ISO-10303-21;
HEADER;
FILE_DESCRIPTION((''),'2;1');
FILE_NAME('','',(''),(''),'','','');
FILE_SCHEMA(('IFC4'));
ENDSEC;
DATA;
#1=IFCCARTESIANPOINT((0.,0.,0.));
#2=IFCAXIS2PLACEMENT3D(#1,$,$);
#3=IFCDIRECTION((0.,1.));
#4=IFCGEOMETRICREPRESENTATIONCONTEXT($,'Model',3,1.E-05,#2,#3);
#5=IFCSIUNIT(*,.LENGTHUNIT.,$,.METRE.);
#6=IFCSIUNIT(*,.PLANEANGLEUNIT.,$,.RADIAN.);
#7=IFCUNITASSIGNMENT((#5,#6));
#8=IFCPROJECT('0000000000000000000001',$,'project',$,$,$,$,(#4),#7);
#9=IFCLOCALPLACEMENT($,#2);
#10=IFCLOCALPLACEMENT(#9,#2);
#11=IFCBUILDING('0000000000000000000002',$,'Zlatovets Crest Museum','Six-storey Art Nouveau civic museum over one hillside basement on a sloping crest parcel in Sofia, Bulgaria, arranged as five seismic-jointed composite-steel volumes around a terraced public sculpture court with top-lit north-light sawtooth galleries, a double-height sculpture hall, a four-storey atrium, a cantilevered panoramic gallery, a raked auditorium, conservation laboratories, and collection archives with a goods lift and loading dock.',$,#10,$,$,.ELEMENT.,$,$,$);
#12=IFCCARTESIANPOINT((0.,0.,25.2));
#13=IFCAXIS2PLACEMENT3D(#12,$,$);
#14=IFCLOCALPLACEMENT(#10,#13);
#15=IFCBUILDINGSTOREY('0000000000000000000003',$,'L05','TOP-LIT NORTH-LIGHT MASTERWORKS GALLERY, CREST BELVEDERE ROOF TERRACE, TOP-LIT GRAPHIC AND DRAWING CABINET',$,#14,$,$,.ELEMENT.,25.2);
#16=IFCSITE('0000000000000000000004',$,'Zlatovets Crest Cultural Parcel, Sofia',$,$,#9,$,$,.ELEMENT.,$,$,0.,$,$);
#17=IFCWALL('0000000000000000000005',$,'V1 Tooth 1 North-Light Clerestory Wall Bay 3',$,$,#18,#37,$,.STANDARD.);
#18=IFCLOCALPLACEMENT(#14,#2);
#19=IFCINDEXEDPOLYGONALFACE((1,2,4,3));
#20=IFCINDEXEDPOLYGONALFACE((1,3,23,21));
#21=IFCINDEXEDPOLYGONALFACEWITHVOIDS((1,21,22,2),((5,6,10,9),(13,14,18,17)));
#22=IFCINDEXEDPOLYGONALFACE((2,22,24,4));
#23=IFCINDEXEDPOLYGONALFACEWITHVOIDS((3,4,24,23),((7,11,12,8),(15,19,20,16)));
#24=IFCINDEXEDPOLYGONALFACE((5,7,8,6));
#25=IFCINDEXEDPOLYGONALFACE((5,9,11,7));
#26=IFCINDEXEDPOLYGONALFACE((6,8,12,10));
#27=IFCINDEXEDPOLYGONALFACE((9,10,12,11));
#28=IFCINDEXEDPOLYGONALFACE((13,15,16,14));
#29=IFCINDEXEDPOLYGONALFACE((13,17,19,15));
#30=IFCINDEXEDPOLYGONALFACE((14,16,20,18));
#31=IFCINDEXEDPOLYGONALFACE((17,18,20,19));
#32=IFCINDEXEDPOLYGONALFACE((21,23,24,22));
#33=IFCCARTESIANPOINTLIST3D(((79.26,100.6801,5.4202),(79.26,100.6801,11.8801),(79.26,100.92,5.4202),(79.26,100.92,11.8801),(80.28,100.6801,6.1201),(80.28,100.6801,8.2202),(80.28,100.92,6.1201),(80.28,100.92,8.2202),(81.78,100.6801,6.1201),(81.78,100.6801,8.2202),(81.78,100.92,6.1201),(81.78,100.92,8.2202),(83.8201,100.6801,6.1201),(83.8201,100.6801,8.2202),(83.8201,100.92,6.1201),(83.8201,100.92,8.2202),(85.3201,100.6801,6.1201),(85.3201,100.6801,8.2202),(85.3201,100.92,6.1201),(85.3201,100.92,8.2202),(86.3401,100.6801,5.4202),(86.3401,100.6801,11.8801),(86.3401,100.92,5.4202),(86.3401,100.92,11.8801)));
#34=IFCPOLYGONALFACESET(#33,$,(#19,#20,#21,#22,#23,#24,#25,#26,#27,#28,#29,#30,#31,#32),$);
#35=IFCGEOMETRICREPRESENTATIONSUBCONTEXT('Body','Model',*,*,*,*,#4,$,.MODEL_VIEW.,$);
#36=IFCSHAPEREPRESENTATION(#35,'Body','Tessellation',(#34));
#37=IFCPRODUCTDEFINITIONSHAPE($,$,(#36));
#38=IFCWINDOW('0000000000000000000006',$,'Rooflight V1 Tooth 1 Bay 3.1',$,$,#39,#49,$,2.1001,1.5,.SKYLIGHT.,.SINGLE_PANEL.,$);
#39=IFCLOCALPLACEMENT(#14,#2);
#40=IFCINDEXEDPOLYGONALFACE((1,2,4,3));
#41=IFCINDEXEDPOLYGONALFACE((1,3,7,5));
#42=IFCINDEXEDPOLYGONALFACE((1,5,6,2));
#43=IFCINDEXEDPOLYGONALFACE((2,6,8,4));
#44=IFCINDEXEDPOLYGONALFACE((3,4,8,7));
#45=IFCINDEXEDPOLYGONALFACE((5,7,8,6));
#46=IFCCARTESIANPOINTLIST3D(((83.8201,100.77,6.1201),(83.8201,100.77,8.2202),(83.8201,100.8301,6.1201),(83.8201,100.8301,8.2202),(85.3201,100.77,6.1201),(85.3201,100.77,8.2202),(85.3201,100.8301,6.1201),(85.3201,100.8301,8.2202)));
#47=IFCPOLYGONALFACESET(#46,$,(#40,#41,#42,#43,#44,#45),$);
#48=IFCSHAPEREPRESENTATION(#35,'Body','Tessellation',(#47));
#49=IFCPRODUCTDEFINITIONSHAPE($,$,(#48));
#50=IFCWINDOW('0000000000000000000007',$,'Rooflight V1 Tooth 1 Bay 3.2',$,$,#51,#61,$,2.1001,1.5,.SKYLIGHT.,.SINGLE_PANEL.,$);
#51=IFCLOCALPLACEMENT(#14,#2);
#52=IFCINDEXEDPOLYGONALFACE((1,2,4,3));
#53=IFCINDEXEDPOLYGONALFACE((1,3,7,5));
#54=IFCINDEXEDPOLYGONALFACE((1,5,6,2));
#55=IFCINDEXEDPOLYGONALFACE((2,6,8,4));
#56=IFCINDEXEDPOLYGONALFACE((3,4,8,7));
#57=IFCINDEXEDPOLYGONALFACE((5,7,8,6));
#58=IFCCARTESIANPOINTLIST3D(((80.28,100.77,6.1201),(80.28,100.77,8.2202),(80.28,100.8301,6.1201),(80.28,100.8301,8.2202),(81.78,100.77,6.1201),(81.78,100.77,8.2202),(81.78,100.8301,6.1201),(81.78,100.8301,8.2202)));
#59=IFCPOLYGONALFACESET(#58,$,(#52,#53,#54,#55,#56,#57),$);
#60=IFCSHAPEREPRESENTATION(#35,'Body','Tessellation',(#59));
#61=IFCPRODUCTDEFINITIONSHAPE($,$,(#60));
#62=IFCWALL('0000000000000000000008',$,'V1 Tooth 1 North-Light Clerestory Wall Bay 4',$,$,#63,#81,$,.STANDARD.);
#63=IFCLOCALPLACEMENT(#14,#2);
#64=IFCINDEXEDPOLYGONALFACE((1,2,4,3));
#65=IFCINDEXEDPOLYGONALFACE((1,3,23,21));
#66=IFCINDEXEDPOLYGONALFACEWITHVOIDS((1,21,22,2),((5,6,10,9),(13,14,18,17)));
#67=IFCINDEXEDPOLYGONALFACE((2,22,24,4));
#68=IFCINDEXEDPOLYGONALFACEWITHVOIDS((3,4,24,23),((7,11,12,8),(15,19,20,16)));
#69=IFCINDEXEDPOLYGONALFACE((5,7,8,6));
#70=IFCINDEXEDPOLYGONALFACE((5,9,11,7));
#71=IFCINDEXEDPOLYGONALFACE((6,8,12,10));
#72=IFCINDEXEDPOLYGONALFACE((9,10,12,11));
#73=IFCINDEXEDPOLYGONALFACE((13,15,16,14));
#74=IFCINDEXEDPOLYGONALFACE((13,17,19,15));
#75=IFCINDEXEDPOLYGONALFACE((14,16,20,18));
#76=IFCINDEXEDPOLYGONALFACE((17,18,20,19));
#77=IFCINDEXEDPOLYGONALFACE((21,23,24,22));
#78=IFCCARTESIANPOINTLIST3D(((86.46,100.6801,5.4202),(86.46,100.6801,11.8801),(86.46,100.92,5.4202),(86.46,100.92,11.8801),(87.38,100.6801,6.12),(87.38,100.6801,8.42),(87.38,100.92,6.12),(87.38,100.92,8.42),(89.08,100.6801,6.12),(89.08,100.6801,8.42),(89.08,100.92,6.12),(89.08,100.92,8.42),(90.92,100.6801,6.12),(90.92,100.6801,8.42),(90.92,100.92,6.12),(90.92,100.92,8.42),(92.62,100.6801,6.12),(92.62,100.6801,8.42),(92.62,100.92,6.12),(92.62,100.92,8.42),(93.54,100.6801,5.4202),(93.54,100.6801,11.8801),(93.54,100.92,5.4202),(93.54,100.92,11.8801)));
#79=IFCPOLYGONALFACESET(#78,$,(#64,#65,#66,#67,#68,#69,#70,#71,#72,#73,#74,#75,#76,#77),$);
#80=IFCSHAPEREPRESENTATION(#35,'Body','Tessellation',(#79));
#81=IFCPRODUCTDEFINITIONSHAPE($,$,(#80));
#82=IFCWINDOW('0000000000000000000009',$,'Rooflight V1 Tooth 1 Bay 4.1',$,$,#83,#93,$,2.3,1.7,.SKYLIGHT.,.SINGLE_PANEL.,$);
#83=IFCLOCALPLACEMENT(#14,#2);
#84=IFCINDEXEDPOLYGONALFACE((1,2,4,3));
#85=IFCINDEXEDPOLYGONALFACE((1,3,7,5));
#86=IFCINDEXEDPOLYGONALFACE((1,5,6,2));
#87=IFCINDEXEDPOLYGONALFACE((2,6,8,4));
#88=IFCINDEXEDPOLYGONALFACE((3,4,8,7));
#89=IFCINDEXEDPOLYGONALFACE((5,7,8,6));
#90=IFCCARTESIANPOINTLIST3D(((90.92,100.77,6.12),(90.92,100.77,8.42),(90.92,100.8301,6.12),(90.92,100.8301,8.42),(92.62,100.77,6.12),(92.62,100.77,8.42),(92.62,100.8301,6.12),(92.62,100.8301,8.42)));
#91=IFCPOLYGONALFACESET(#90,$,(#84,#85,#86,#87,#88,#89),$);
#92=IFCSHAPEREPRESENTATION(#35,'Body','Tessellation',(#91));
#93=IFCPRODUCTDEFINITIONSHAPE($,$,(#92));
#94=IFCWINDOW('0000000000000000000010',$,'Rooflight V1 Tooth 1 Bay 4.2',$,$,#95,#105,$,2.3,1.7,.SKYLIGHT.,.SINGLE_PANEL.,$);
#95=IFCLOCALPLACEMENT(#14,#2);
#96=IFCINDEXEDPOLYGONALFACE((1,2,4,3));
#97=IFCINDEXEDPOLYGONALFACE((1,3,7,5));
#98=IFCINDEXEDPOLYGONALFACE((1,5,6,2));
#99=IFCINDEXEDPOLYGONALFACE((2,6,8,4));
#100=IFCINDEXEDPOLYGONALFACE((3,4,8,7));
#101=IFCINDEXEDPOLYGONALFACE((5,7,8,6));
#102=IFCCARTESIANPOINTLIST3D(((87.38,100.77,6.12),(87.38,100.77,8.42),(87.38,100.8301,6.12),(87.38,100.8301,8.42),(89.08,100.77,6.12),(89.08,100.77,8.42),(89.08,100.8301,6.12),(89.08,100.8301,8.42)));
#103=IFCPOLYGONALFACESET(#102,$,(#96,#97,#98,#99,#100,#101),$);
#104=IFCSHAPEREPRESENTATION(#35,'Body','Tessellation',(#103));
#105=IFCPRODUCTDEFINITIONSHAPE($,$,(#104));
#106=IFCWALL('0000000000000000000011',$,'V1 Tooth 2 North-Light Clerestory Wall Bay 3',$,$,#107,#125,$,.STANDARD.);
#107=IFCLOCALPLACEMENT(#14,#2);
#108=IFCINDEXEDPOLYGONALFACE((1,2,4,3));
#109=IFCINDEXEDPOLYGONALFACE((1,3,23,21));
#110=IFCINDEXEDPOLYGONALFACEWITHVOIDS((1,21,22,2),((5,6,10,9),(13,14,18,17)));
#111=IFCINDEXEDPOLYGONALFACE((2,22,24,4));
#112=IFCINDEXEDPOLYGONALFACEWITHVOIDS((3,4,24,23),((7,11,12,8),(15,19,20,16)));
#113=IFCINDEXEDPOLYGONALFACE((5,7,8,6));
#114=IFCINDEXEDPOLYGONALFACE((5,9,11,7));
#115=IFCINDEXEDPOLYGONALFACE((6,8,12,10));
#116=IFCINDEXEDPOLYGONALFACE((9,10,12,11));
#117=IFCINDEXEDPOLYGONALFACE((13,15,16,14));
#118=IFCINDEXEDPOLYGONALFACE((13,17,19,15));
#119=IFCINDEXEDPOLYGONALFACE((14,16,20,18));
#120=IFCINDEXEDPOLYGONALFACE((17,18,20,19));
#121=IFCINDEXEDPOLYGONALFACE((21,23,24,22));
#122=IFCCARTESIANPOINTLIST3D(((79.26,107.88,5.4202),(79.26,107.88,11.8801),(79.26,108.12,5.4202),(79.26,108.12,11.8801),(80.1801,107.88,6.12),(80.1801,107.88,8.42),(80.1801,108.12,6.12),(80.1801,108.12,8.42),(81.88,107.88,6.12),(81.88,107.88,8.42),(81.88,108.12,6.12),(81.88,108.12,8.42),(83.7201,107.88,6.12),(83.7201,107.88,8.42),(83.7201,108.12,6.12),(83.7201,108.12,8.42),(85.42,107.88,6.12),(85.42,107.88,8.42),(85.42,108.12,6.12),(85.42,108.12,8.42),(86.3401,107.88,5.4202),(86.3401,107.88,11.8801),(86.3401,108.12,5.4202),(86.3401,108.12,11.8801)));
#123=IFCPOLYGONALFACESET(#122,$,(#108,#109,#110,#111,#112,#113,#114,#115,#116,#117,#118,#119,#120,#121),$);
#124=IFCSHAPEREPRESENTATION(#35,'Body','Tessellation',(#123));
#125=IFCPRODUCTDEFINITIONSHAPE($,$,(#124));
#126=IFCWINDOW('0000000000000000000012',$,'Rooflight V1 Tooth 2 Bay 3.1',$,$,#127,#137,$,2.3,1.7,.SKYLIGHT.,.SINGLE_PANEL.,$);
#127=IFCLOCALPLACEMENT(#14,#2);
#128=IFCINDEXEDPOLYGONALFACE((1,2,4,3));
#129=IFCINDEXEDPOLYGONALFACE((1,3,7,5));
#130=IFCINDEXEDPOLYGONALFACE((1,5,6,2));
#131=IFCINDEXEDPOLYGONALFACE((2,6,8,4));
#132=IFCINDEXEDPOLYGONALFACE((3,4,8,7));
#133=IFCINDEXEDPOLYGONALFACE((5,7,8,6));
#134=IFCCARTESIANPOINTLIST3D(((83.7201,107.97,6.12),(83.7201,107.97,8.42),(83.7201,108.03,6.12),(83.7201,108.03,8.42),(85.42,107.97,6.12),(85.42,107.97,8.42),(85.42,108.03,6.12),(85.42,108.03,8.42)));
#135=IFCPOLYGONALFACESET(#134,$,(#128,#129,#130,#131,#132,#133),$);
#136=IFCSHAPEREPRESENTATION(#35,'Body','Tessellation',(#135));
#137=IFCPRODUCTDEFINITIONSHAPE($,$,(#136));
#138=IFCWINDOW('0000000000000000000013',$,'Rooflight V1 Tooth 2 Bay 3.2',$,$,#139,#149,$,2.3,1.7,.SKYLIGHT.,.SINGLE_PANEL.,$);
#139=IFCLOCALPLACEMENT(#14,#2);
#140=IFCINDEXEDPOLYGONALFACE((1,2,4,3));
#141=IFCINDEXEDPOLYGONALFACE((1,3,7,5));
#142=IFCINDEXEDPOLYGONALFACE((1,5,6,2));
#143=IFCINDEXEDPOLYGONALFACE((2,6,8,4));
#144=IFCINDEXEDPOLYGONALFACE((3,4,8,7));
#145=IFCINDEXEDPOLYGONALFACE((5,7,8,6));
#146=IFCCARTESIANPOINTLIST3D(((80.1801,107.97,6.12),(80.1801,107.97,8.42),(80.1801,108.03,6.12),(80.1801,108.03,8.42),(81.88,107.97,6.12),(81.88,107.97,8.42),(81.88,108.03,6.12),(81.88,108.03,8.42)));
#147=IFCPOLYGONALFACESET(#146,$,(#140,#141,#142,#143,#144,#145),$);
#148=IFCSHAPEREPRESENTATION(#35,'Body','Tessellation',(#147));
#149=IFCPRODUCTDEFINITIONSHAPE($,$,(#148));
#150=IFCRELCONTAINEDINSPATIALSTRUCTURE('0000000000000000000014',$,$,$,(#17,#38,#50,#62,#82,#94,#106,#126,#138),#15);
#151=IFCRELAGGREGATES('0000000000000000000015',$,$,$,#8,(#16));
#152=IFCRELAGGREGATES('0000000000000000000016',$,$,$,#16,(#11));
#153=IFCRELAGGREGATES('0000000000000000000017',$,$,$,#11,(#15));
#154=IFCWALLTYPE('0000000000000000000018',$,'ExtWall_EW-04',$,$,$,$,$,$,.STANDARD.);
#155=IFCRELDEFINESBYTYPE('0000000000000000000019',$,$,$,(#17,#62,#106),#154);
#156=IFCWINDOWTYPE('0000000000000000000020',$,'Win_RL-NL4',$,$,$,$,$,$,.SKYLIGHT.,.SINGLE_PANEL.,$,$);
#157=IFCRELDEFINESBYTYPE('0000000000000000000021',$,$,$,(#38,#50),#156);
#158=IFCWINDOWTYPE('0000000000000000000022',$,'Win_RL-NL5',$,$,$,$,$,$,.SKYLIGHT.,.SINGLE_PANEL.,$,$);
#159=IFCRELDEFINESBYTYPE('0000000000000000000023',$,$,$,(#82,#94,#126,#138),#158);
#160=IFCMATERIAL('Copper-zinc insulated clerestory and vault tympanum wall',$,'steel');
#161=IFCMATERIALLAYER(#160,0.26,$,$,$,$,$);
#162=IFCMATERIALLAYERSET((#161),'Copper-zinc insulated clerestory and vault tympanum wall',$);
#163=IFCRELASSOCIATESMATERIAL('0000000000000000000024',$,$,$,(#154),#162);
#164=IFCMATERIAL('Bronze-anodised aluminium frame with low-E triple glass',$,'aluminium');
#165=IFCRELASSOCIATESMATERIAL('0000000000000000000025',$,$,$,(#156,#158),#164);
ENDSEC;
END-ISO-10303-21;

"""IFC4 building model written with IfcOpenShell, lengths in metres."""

from ifc_helpers import new_model, si_unit, direction, frame, frame_2d, origin, place, context, subcontext, project, spatial, rectangle, extrude, material, layer, layer_set, type_object, element, fill, save


model = new_model("IFC4")

# Units and contexts
model_context = context("Model", 3, precision=1e-05, world=origin(), true_north=direction((0.0, 1.0)))
body_context = subcontext(model_context, "Body", "Model", "MODEL_VIEW")
ifc_project = project(units=[si_unit("LENGTHUNIT", "METRE"), si_unit("PLANEANGLEUNIT", "RADIAN")], contexts=[model_context])

# Site, building, storey
site_placement = place(None, origin())
site = spatial("IfcSite", under=ifc_project, at=site_placement, Name="Zlatovets Crest Cultural Parcel, Sofia", CompositionType="ELEMENT", RefElevation=0.0)
building_placement = place(site_placement, origin())
building = spatial("IfcBuilding", under=site, at=building_placement, Name="Zlatovets Crest Museum", Description="Six-storey Art Nouveau civic museum over one hillside basement on a sloping crest parcel in Sofia, Bulgaria, arranged as five seismic-jointed composite-steel volumes around a terraced public sculpture court with top-lit north-light sawtooth galleries, a double-height sculpture hall, a four-storey atrium, a cantilevered panoramic gallery, a raked auditorium, conservation laboratories, and collection archives with a goods lift and loading dock.", CompositionType="ELEMENT")
storey_placement = place(building_placement, frame((0.0, 0.0, 25.2)))
storey = spatial("IfcBuildingStorey", under=building, at=storey_placement, Name="L05", Description="TOP-LIT NORTH-LIGHT MASTERWORKS GALLERY, CREST BELVEDERE ROOF TERRACE, TOP-LIT GRAPHIC AND DRAWING CABINET", CompositionType="ELEMENT", Elevation=25.2)

# Walls, openings, windows
ifc_material_1 = material(Name="Copper-zinc insulated clerestory and vault tympanum wall", Category="steel")
ifc_layer_1 = layer(ifc_material_1, 0.26)
ifc_layer_set_1 = layer_set([ifc_layer_1], Name="Copper-zinc insulated clerestory and vault tympanum wall")
wall_type_1 = type_object("IfcWallType", Name="ExtWall_EW-04", PredefinedType="STANDARD", material=ifc_layer_set_1)
wall_1_placement = place(storey_placement, frame((86.3401, 100.8, 5.4202), z_axis=(0.0, 0.0, 1.0), x_axis=(-1.0, 0.0, 0.0)))
wall_1 = element("IfcWall", 1, at=wall_1_placement, inside=storey, type_object=wall_type_1, Name="V1 Tooth 1 North-Light Clerestory Wall Bay 3", PredefinedType="STANDARD", context=body_context, shape_type="SweptSolid", body=[
    extrude(rectangle(XDim=7.0801, YDim=0.24, at=frame_2d((3.54, 0.0))), origin(), (0.0, 0.0, 1.0), 6.46),
])
opening_1_placement = place(wall_1_placement, frame((1.02, 0.0, 0.7)))
opening_1 = element("IfcOpeningElement", 2, at=opening_1_placement, cuts=wall_1, PredefinedType="OPENING", context=body_context, shape_type="SweptSolid", body=[
    extrude(rectangle(XDim=1.5, YDim=2.1001, at=frame_2d((0.75, 1.05))), frame((0.0, 0.1299, 0.0), z_axis=(0.0, -1.0, 0.0), x_axis=(1.0, 0.0, 0.0)), (0.0, 0.0, 1.0), 0.26),
])
opening_2_placement = place(wall_1_placement, frame((4.5601, 0.0, 0.7)))
opening_2 = element("IfcOpeningElement", 3, at=opening_2_placement, cuts=wall_1, PredefinedType="OPENING", context=body_context, shape_type="SweptSolid", body=[
    extrude(rectangle(XDim=1.5, YDim=2.1001, at=frame_2d((0.75, 1.05))), frame((0.0, 0.1299, 0.0), z_axis=(0.0, -1.0, 0.0), x_axis=(1.0, 0.0, 0.0)), (0.0, 0.0, 1.0), 0.26),
])
ifc_material_2 = material(Name="Bronze-anodised aluminium frame with low-E triple glass", Category="aluminium")
window_type_1 = type_object("IfcWindowType", Name="Win_RL-NL4", PartitioningType="SINGLE_PANEL", PredefinedType="SKYLIGHT", material=ifc_material_2)
window_1_placement = place(opening_1_placement, origin())
window_1 = element("IfcWindow", 4, at=window_1_placement, inside=storey, type_object=window_type_1, Name="Rooflight V1 Tooth 1 Bay 3.1", OverallHeight=2.1001, OverallWidth=1.5, PartitioningType="SINGLE_PANEL", PredefinedType="SKYLIGHT", context=body_context, shape_type="SweptSolid", body=[
    extrude(rectangle(XDim=1.5, YDim=2.1001, at=frame_2d((0.75, 1.05))), frame((0.0, 0.03, 0.0), z_axis=(0.0, -1.0, 0.0), x_axis=(1.0, 0.0, 0.0)), (0.0, 0.0, 1.0), 0.0601),
])
fill(opening_1, window_1)
window_2_placement = place(opening_2_placement, origin())
window_2 = element("IfcWindow", 5, at=window_2_placement, inside=storey, type_object=window_type_1, Name="Rooflight V1 Tooth 1 Bay 3.2", OverallHeight=2.1001, OverallWidth=1.5, PartitioningType="SINGLE_PANEL", PredefinedType="SKYLIGHT", context=body_context, shape_type="SweptSolid", body=[
    extrude(rectangle(XDim=1.5, YDim=2.1001, at=frame_2d((0.75, 1.05))), frame((0.0, 0.03, 0.0), z_axis=(0.0, -1.0, 0.0), x_axis=(1.0, 0.0, 0.0)), (0.0, 0.0, 1.0), 0.0601),
])
fill(opening_2, window_2)
wall_2_placement = place(storey_placement, frame((93.54, 100.8, 5.4202), z_axis=(0.0, 0.0, 1.0), x_axis=(-1.0, 0.0, 0.0)))
wall_2 = element("IfcWall", 6, at=wall_2_placement, inside=storey, type_object=wall_type_1, Name="V1 Tooth 1 North-Light Clerestory Wall Bay 4", PredefinedType="STANDARD", context=body_context, shape_type="SweptSolid", body=[
    extrude(rectangle(XDim=7.0801, YDim=0.24, at=frame_2d((3.54, 0.0))), origin(), (0.0, 0.0, 1.0), 6.46),
])
opening_3_placement = place(wall_2_placement, frame((0.9199, 0.0, 0.7)))
opening_3 = element("IfcOpeningElement", 7, at=opening_3_placement, cuts=wall_2, PredefinedType="OPENING", context=body_context, shape_type="SweptSolid", body=[
    extrude(rectangle(XDim=1.7, YDim=2.3, at=frame_2d((0.8501, 1.1499))), frame((0.0, 0.1299, 0.0), z_axis=(0.0, -1.0, 0.0), x_axis=(1.0, 0.0, 0.0)), (0.0, 0.0, 1.0), 0.26),
])
opening_4_placement = place(wall_2_placement, frame((4.46, 0.0, 0.7)))
opening_4 = element("IfcOpeningElement", 8, at=opening_4_placement, cuts=wall_2, PredefinedType="OPENING", context=body_context, shape_type="SweptSolid", body=[
    extrude(rectangle(XDim=1.7, YDim=2.3, at=frame_2d((0.8501, 1.1499))), frame((0.0, 0.1299, 0.0), z_axis=(0.0, -1.0, 0.0), x_axis=(1.0, 0.0, 0.0)), (0.0, 0.0, 1.0), 0.26),
])
window_type_2 = type_object("IfcWindowType", Name="Win_RL-NL5", PartitioningType="SINGLE_PANEL", PredefinedType="SKYLIGHT", material=ifc_material_2)
window_3_placement = place(opening_3_placement, origin())
window_3 = element("IfcWindow", 9, at=window_3_placement, inside=storey, type_object=window_type_2, Name="Rooflight V1 Tooth 1 Bay 4.1", OverallHeight=2.3, OverallWidth=1.7, PartitioningType="SINGLE_PANEL", PredefinedType="SKYLIGHT", context=body_context, shape_type="SweptSolid", body=[
    extrude(rectangle(XDim=1.7, YDim=2.3, at=frame_2d((0.8501, 1.1499))), frame((0.0, 0.03, 0.0), z_axis=(0.0, -1.0, 0.0), x_axis=(1.0, 0.0, 0.0)), (0.0, 0.0, 1.0), 0.0601),
])
fill(opening_3, window_3)
window_4_placement = place(opening_4_placement, origin())
window_4 = element("IfcWindow", 10, at=window_4_placement, inside=storey, type_object=window_type_2, Name="Rooflight V1 Tooth 1 Bay 4.2", OverallHeight=2.3, OverallWidth=1.7, PartitioningType="SINGLE_PANEL", PredefinedType="SKYLIGHT", context=body_context, shape_type="SweptSolid", body=[
    extrude(rectangle(XDim=1.7, YDim=2.3, at=frame_2d((0.8501, 1.1499))), frame((0.0, 0.03, 0.0), z_axis=(0.0, -1.0, 0.0), x_axis=(1.0, 0.0, 0.0)), (0.0, 0.0, 1.0), 0.0601),
])
fill(opening_4, window_4)
wall_3_placement = place(storey_placement, frame((86.3401, 108.0, 5.4202), z_axis=(0.0, 0.0, 1.0), x_axis=(-1.0, 0.0, 0.0)))
wall_3 = element("IfcWall", 11, at=wall_3_placement, inside=storey, type_object=wall_type_1, Name="V1 Tooth 2 North-Light Clerestory Wall Bay 3", PredefinedType="STANDARD", context=body_context, shape_type="SweptSolid", body=[
    extrude(rectangle(XDim=7.0801, YDim=0.24, at=frame_2d((3.54, 0.0))), origin(), (0.0, 0.0, 1.0), 6.46),
])
opening_5_placement = place(wall_3_placement, frame((0.9199, 0.0, 0.7)))
opening_5 = element("IfcOpeningElement", 12, at=opening_5_placement, cuts=wall_3, PredefinedType="OPENING", context=body_context, shape_type="SweptSolid", body=[
    extrude(rectangle(XDim=1.7, YDim=2.3, at=frame_2d((0.8501, 1.1499))), frame((0.0, 0.1299, 0.0), z_axis=(0.0, -1.0, 0.0), x_axis=(1.0, 0.0, 0.0)), (0.0, 0.0, 1.0), 0.26),
])
opening_6_placement = place(wall_3_placement, frame((4.46, 0.0, 0.7)))
opening_6 = element("IfcOpeningElement", 13, at=opening_6_placement, cuts=wall_3, PredefinedType="OPENING", context=body_context, shape_type="SweptSolid", body=[
    extrude(rectangle(XDim=1.7, YDim=2.3, at=frame_2d((0.8501, 1.1499))), frame((0.0, 0.1299, 0.0), z_axis=(0.0, -1.0, 0.0), x_axis=(1.0, 0.0, 0.0)), (0.0, 0.0, 1.0), 0.26),
])
window_5_placement = place(opening_5_placement, origin())
window_5 = element("IfcWindow", 14, at=window_5_placement, inside=storey, type_object=window_type_2, Name="Rooflight V1 Tooth 2 Bay 3.1", OverallHeight=2.3, OverallWidth=1.7, PartitioningType="SINGLE_PANEL", PredefinedType="SKYLIGHT", context=body_context, shape_type="SweptSolid", body=[
    extrude(rectangle(XDim=1.7, YDim=2.3, at=frame_2d((0.8501, 1.1499))), frame((0.0, 0.03, 0.0), z_axis=(0.0, -1.0, 0.0), x_axis=(1.0, 0.0, 0.0)), (0.0, 0.0, 1.0), 0.0601),
])
fill(opening_5, window_5)
window_6_placement = place(opening_6_placement, origin())
window_6 = element("IfcWindow", 15, at=window_6_placement, inside=storey, type_object=window_type_2, Name="Rooflight V1 Tooth 2 Bay 3.2", OverallHeight=2.3, OverallWidth=1.7, PartitioningType="SINGLE_PANEL", PredefinedType="SKYLIGHT", context=body_context, shape_type="SweptSolid", body=[
    extrude(rectangle(XDim=1.7, YDim=2.3, at=frame_2d((0.8501, 1.1499))), frame((0.0, 0.03, 0.0), z_axis=(0.0, -1.0, 0.0), x_axis=(1.0, 0.0, 0.0)), (0.0, 0.0, 1.0), 0.0601),
])
fill(opening_6, window_6)

save(model, "model.ifc")
